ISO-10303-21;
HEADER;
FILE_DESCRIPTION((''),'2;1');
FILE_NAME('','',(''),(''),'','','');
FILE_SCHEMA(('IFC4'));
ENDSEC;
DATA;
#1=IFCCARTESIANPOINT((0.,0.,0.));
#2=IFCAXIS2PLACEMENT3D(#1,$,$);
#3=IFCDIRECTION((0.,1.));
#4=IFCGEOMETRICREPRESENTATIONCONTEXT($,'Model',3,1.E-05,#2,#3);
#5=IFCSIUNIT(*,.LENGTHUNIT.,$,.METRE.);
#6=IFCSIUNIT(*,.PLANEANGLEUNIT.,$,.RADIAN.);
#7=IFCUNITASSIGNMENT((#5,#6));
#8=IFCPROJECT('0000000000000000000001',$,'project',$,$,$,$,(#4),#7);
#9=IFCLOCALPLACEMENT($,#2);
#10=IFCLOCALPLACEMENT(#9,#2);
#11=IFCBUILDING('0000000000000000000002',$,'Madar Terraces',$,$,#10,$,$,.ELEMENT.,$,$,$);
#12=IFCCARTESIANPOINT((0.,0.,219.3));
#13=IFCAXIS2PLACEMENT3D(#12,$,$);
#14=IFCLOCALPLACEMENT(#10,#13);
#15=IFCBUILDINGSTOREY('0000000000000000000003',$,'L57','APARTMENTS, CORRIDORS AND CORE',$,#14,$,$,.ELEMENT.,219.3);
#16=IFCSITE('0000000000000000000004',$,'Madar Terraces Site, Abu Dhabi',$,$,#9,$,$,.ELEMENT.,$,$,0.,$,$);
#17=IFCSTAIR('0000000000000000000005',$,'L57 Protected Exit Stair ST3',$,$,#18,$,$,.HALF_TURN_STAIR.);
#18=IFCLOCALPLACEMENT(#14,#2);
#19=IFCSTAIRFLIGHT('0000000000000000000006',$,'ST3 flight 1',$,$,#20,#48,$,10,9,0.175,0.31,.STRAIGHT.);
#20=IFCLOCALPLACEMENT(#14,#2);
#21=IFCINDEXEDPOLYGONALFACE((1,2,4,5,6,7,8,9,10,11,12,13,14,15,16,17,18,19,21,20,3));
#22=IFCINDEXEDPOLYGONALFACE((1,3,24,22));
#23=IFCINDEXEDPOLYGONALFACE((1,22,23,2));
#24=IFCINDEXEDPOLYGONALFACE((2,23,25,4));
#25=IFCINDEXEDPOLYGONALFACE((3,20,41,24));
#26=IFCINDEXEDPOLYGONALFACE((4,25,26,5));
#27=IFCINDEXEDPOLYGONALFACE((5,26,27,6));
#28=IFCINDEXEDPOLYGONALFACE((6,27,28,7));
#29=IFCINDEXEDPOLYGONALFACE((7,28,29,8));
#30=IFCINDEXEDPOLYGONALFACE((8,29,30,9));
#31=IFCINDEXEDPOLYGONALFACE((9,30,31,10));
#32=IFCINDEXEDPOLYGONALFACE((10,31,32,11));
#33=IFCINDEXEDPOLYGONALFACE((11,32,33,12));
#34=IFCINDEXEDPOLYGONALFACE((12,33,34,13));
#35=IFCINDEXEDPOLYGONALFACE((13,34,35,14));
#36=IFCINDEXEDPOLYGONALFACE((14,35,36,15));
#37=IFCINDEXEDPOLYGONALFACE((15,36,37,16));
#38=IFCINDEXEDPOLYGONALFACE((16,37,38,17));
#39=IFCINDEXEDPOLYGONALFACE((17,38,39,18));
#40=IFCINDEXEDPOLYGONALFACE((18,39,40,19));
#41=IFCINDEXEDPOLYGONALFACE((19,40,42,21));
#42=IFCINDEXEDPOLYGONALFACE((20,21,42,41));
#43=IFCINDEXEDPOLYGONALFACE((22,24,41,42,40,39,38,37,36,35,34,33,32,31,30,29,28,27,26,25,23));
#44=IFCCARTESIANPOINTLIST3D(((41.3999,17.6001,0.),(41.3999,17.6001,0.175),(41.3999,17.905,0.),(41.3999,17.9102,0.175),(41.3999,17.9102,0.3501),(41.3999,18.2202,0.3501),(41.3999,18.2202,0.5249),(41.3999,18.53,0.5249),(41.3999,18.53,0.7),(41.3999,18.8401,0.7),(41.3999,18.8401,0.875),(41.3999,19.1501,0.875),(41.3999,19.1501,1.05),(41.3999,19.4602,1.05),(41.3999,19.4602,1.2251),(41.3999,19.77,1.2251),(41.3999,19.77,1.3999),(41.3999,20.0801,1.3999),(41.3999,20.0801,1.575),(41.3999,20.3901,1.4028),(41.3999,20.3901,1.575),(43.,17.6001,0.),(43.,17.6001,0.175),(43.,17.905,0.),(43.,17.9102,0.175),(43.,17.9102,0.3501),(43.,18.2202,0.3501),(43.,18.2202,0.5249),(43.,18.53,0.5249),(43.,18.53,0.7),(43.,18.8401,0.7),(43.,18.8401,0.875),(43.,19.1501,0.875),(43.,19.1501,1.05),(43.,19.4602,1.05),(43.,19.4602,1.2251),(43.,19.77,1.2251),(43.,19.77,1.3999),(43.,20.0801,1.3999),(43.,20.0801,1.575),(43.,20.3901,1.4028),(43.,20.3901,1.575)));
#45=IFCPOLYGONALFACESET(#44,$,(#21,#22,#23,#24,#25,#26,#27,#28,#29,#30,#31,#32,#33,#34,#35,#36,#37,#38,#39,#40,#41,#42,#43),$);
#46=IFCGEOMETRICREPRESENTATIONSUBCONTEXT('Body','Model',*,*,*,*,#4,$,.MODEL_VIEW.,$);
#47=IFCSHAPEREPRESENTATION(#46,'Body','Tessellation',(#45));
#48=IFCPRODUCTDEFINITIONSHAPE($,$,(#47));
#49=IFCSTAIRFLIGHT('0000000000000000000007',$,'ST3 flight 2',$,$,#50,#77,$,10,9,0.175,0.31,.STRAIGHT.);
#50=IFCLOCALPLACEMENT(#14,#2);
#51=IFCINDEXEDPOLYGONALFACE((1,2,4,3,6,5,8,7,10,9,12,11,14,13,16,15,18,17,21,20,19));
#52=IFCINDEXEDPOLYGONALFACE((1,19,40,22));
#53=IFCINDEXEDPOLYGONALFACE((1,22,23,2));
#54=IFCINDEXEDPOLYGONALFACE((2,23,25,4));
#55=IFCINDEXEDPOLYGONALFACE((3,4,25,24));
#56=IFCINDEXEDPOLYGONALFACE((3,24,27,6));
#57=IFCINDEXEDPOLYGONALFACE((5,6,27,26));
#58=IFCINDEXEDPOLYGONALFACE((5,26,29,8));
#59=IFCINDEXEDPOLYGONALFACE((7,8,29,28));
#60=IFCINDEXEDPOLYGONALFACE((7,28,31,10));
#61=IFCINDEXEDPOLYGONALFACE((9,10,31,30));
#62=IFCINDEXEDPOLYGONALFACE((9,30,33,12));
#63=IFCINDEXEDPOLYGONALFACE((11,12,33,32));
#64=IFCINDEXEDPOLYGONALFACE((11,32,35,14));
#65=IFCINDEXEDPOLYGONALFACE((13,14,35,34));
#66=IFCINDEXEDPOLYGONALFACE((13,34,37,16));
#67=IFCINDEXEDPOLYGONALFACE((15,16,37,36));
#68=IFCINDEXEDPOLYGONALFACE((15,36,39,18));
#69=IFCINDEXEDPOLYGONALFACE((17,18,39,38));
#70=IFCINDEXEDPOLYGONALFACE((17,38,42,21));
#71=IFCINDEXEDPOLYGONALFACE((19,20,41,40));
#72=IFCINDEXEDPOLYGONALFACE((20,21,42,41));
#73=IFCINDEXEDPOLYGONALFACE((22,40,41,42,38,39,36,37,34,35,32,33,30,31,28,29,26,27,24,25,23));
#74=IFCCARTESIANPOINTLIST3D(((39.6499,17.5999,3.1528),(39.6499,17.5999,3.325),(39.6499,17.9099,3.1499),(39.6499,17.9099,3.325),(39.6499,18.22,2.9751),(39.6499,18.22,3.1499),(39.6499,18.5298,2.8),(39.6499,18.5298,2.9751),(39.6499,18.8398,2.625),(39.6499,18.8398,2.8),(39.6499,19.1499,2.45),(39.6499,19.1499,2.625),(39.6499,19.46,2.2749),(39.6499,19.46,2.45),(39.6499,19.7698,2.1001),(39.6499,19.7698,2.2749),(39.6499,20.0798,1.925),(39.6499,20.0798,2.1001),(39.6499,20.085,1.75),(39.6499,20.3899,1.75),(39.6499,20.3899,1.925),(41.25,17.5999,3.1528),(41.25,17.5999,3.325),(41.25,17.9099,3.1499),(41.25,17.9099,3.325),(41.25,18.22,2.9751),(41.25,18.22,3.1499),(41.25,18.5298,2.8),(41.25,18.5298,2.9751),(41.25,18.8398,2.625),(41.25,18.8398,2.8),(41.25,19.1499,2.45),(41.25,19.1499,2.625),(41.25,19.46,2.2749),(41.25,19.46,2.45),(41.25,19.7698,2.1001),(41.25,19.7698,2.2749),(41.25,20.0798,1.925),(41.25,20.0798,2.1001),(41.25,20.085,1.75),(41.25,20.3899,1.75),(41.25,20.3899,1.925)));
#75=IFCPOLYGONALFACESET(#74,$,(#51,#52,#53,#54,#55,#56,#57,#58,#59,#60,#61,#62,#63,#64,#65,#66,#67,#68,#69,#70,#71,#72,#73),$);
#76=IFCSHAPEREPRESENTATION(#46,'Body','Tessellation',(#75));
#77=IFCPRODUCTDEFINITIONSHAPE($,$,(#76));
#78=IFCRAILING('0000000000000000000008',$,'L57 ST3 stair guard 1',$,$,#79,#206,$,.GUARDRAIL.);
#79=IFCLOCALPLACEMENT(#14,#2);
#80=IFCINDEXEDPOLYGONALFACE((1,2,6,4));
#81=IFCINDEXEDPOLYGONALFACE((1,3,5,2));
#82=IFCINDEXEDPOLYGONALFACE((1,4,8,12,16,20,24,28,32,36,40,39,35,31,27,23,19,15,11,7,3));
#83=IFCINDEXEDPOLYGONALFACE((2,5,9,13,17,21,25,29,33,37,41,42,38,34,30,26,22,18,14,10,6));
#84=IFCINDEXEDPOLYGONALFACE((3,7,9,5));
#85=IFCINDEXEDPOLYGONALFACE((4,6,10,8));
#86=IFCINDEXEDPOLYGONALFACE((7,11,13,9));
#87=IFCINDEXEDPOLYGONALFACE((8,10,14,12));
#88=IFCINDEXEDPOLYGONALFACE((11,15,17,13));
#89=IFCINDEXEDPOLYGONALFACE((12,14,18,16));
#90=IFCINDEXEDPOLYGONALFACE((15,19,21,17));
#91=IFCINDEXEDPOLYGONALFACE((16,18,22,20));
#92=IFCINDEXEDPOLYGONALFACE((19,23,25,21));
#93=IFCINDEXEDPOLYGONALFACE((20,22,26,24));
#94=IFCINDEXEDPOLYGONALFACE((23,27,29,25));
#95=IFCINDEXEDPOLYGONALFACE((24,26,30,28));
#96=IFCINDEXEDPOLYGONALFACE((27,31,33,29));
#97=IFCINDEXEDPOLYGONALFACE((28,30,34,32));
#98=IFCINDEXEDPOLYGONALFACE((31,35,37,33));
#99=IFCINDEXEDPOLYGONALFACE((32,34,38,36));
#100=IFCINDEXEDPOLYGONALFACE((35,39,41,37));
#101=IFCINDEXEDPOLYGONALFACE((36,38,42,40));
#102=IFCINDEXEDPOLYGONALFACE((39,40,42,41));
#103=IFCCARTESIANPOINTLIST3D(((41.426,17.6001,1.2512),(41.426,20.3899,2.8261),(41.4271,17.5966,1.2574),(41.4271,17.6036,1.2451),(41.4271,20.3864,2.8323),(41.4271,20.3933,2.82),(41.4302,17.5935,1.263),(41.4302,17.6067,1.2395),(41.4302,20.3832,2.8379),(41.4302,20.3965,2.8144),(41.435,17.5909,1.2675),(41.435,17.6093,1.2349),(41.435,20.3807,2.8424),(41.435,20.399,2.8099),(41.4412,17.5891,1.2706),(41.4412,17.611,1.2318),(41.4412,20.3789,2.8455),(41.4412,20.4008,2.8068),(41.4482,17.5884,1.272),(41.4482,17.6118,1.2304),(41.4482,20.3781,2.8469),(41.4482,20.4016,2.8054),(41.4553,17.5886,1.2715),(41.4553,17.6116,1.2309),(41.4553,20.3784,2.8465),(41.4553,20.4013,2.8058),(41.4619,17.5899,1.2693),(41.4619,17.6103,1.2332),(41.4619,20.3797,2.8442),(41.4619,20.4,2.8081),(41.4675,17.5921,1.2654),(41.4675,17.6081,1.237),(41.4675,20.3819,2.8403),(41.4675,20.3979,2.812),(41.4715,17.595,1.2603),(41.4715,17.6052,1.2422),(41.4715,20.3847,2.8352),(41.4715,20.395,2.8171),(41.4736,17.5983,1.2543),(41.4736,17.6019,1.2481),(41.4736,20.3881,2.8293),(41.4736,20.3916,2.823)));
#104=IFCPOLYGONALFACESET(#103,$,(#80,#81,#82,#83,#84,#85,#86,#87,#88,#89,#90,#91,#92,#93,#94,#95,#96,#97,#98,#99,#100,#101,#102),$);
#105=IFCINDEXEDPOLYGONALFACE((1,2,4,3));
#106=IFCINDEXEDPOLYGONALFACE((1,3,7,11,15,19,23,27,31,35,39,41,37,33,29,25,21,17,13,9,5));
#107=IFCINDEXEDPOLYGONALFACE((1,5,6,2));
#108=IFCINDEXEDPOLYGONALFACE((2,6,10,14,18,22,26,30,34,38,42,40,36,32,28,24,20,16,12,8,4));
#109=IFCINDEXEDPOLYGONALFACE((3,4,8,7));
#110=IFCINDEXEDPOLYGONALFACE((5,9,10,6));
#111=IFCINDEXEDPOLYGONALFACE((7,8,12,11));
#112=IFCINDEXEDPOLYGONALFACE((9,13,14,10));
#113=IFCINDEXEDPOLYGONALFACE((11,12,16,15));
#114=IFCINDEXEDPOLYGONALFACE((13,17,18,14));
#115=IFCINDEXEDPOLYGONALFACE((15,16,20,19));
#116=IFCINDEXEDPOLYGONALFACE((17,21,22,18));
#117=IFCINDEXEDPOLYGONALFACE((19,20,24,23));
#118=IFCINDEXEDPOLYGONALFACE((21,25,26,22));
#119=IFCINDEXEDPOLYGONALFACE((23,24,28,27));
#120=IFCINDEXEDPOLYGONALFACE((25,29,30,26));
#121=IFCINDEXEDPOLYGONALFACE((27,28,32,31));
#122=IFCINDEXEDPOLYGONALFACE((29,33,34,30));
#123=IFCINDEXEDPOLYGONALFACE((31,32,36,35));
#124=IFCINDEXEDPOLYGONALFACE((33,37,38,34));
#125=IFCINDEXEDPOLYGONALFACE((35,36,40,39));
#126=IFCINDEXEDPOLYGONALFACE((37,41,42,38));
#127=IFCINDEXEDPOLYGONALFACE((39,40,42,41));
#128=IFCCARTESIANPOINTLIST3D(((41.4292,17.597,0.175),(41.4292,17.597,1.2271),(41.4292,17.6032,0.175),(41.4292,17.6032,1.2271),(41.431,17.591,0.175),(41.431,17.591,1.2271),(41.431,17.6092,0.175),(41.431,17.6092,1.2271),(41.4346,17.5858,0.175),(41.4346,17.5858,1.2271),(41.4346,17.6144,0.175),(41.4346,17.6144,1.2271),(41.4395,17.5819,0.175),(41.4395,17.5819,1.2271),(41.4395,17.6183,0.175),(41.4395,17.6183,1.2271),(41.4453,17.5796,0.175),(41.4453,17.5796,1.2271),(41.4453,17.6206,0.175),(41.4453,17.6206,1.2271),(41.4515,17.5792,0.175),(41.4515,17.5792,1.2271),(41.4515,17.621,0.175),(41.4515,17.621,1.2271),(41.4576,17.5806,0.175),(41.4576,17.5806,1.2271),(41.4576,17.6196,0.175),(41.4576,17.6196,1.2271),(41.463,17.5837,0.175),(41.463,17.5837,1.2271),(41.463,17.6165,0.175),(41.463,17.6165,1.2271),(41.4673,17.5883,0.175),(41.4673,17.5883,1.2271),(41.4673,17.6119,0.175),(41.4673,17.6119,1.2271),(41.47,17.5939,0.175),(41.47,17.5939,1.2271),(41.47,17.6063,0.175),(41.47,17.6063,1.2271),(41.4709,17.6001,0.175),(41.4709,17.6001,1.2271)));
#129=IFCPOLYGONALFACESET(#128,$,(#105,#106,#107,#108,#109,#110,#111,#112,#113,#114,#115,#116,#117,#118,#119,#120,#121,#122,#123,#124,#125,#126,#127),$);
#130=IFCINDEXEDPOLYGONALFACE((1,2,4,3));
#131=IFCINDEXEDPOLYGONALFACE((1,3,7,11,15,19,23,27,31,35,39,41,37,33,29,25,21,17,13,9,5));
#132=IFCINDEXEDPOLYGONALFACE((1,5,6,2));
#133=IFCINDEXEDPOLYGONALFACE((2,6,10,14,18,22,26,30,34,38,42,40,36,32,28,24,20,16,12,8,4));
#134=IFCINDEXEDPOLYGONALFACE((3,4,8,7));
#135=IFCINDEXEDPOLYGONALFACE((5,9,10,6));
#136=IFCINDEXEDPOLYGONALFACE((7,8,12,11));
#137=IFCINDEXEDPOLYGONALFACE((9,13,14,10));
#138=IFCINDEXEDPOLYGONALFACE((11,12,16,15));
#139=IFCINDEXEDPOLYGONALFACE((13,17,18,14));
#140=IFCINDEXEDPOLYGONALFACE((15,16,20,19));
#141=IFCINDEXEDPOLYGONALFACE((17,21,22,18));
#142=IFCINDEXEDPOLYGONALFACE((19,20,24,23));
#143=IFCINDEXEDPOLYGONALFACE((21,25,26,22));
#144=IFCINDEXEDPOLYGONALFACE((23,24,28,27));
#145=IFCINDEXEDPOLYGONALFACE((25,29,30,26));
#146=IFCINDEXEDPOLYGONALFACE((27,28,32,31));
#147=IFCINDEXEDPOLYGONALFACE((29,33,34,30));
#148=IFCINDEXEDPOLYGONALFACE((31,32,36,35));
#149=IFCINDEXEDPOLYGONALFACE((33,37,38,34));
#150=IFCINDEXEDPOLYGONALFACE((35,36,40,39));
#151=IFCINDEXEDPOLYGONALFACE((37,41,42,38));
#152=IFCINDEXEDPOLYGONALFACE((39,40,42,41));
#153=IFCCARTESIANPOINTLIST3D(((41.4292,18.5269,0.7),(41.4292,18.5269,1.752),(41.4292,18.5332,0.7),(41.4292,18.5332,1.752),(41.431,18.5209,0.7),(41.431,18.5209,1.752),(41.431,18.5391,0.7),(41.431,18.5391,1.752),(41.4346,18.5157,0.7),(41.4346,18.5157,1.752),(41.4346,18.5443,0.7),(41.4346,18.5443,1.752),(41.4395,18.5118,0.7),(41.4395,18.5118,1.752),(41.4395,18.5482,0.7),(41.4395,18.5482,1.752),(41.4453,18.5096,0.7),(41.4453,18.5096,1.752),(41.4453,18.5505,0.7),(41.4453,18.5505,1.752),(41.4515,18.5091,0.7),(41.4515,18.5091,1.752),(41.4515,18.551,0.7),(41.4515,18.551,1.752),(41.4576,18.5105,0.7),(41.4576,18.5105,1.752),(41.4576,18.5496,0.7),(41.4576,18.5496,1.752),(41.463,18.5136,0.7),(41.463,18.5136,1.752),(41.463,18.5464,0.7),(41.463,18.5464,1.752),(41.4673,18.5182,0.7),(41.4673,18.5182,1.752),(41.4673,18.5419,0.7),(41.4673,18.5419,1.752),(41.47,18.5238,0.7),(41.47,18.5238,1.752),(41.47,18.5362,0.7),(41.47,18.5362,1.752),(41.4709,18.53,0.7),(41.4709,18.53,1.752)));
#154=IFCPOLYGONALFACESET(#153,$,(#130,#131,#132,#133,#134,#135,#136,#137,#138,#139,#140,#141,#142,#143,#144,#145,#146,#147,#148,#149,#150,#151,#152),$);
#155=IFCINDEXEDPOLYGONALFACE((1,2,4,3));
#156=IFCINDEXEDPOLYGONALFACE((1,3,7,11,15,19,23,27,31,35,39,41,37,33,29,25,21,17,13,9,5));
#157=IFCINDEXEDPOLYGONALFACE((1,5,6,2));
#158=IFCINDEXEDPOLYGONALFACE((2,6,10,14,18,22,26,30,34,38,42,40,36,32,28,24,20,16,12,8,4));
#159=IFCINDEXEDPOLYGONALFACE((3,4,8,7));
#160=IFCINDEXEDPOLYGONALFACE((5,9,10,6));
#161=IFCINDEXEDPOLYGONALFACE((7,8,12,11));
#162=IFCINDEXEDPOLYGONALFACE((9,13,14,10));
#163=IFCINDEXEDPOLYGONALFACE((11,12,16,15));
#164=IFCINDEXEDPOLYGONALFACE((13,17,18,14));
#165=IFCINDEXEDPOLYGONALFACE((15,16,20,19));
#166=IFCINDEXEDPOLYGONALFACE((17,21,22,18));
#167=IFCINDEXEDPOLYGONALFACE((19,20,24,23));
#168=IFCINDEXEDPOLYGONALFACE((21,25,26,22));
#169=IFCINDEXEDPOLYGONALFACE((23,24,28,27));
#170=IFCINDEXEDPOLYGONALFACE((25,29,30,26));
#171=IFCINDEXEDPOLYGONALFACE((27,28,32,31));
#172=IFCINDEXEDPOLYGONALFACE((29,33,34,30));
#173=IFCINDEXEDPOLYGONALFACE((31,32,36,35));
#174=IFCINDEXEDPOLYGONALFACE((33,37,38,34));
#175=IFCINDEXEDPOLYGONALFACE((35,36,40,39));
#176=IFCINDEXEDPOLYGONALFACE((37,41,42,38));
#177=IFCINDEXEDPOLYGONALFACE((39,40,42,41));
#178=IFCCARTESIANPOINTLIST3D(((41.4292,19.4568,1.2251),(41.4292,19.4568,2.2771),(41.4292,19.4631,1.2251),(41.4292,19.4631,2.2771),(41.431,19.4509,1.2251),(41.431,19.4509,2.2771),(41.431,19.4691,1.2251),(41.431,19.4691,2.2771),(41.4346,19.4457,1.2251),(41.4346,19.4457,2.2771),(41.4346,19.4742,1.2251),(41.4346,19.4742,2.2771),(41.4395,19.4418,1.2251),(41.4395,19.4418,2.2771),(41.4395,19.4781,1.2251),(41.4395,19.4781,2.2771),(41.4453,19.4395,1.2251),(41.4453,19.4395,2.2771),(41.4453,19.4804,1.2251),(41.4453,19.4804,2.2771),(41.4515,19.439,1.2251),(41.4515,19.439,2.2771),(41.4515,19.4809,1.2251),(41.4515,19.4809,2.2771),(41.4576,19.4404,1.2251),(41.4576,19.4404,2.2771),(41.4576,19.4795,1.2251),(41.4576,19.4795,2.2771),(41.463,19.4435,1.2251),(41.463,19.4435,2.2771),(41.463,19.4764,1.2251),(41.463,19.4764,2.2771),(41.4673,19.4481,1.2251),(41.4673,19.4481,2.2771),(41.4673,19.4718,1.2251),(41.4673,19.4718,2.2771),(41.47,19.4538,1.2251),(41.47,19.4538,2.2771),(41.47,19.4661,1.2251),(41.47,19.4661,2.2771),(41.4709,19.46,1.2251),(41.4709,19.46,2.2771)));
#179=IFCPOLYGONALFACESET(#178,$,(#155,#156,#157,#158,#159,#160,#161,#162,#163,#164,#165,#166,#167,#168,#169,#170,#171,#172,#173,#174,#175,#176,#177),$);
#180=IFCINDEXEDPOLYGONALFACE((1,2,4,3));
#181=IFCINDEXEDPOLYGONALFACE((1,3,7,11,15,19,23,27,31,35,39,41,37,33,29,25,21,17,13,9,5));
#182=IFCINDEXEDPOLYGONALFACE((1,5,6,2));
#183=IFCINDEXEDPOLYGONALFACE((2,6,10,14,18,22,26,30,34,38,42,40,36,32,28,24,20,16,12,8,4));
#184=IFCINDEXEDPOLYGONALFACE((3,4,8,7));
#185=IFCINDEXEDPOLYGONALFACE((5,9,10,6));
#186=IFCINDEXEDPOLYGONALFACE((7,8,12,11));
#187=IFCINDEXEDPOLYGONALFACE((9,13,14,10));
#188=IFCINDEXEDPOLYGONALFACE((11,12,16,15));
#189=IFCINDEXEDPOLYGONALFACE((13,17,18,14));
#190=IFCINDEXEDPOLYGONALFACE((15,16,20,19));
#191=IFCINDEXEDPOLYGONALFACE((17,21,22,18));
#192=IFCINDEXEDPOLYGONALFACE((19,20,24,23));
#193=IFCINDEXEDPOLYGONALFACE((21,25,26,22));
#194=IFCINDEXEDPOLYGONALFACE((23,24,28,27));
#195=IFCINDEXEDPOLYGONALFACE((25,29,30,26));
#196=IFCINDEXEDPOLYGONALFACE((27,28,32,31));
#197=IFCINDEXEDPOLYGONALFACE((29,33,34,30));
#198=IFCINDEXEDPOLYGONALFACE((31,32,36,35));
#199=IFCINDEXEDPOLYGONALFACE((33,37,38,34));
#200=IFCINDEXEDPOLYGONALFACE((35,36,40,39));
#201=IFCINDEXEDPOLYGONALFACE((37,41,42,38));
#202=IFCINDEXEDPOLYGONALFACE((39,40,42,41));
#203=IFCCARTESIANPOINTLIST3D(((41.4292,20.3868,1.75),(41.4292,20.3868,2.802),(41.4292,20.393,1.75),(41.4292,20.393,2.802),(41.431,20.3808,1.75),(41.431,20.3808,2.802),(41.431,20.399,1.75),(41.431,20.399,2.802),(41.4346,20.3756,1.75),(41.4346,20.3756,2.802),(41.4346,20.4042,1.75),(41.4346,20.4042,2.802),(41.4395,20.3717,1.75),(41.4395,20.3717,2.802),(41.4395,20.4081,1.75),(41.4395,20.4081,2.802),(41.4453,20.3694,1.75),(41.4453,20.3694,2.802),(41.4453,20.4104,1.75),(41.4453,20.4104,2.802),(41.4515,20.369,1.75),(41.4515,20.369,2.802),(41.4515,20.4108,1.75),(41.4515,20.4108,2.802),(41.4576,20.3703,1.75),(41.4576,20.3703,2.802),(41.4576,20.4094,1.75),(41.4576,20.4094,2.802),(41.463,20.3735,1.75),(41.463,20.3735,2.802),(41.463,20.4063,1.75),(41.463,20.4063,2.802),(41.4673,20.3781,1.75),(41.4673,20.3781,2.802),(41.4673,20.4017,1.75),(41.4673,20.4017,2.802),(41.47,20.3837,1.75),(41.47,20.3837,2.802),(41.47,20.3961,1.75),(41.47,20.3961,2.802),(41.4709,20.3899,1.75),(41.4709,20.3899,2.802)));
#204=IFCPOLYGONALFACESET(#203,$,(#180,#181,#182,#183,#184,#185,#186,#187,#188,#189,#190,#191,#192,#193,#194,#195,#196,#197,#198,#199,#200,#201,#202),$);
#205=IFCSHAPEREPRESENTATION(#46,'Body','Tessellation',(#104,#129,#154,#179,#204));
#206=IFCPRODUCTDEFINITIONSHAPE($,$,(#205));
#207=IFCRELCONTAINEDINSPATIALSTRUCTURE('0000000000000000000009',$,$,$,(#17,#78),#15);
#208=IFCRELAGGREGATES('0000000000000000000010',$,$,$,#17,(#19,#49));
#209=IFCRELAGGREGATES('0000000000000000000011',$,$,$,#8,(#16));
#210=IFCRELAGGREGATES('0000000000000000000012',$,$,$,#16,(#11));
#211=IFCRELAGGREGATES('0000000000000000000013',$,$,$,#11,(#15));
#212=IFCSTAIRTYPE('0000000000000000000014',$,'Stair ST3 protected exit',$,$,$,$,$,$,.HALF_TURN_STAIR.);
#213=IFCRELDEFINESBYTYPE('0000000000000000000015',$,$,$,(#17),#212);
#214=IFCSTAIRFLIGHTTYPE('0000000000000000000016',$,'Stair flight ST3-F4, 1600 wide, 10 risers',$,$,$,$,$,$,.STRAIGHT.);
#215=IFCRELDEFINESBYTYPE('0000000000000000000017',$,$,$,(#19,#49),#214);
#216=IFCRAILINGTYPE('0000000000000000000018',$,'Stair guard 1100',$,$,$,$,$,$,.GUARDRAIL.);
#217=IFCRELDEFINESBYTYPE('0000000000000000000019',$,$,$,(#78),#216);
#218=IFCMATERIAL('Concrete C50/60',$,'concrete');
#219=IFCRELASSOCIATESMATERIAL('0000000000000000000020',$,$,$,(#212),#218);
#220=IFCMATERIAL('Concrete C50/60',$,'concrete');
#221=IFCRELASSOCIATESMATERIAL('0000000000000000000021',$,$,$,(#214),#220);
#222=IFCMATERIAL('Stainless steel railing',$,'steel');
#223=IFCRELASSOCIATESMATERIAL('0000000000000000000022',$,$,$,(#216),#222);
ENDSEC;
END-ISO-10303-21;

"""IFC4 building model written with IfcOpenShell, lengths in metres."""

from ifc_helpers import new_model, si_unit, direction, frame, origin, origin_2d, place, context, subcontext, project, spatial, polyline, circle, outline, extrude, material, type_object, element, aggregate, save


model = new_model("IFC4")

# Units and contexts
model_context = context("Model", 3, precision=1e-05, world=origin(), true_north=direction((0.0, 1.0)))
body_context = subcontext(model_context, "Body", "Model", "MODEL_VIEW")
ifc_project = project(units=[si_unit("LENGTHUNIT", "METRE"), si_unit("PLANEANGLEUNIT", "RADIAN")], contexts=[model_context])

# Site, building, storey
site_placement = place(None, origin())
site = spatial("IfcSite", under=ifc_project, at=site_placement, Name="Madar Terraces Site, Abu Dhabi", CompositionType="ELEMENT", RefElevation=0.0)
building_placement = place(site_placement, origin())
building = spatial("IfcBuilding", under=site, at=building_placement, Name="Madar Terraces", CompositionType="ELEMENT")
storey_placement = place(building_placement, frame((0.0, 0.0, 219.3)))
storey = spatial("IfcBuildingStorey", under=building, at=storey_placement, Name="L57", Description="APARTMENTS, CORRIDORS AND CORE", CompositionType="ELEMENT", Elevation=219.3)

# Stair, stair flights
ifc_material_1 = material(Name="Concrete C50/60", Category="concrete")
stair_type = type_object("IfcStairType", Name="Stair ST3 protected exit", PredefinedType="HALF_TURN_STAIR", material=ifc_material_1)
stair_placement = place(storey_placement, origin())
stair = element("IfcStair", 1, at=stair_placement, inside=storey, type_object=stair_type, Name="L57 Protected Exit Stair ST3", PredefinedType="HALF_TURN_STAIR")
ifc_material_2 = material(Name="Concrete C50/60", Category="concrete")
stair_flight_type = type_object("IfcStairFlightType", Name="Stair flight ST3-F4, 1600 wide, 10 risers", PredefinedType="STRAIGHT", material=ifc_material_2)
stair_flight_1_placement = place(storey_placement, frame((42.2, 17.6001, 0.0), z_axis=(0.0, 0.0, 1.0), x_axis=(0.0, 1.0, 0.0)))
stair_flight_1 = element("IfcStairFlight", 2, at=stair_flight_1_placement, type_object=stair_flight_type, Name="ST3 flight 1", NumberOfRisers=10, NumberOfTreads=9, PredefinedType="STRAIGHT", RiserHeight=0.175, TreadLength=0.31, context=body_context, shape_type="SweptSolid", body=[
    extrude(outline(polyline([(0.0, 0.0), (0.0, 0.175), (0.3101, 0.175), (0.3101, 0.3501), (0.6201, 0.3501), (0.6201, 0.5249), (0.9299, 0.5249), (0.9299, 0.7), (1.24, 0.7), (1.24, 0.875), (1.55, 0.875), (1.55, 1.05), (1.8601, 1.05), (1.8601, 1.2251), (2.1699, 1.2251), (2.1699, 1.3999), (2.48, 1.3999), (2.48, 1.575), (2.79, 1.575), (2.79, 1.75), (2.79, 1.4028), (0.3049, 0.0), (0.0, 0.0)])), frame((0.0, 0.8, 0.0), z_axis=(0.0, -1.0, 0.0), x_axis=(1.0, 0.0, 0.0)), (0.0, 0.0, 1.0), 1.6001),
])
stair_flight_2_placement = place(storey_placement, frame((40.45, 20.3899, 1.75), z_axis=(0.0, 0.0, 1.0), x_axis=(0.0, -1.0, 0.0)))
stair_flight_2 = element("IfcStairFlight", 3, at=stair_flight_2_placement, type_object=stair_flight_type, Name="ST3 flight 2", NumberOfRisers=10, NumberOfTreads=9, PredefinedType="STRAIGHT", RiserHeight=0.175, TreadLength=0.31, context=body_context, shape_type="SweptSolid", body=[
    extrude(outline(polyline([(0.0, 0.0), (0.0, 0.175), (0.3101, 0.175), (0.3101, 0.3501), (0.6201, 0.3501), (0.6201, 0.5249), (0.9299, 0.5249), (0.9299, 0.7), (1.24, 0.7), (1.24, 0.875), (1.55, 0.875), (1.55, 1.05), (1.8601, 1.05), (1.8601, 1.2251), (2.1699, 1.2251), (2.1699, 1.3999), (2.48, 1.3999), (2.48, 1.575), (2.79, 1.575), (2.79, 1.75), (2.79, 1.4028), (0.3049, 0.0), (0.0, 0.0)])), frame((0.0, 0.8, 0.0), z_axis=(0.0, -1.0, 0.0), x_axis=(1.0, 0.0, 0.0)), (0.0, 0.0, 1.0), 1.6001),
])
aggregate(stair, [stair_flight_1, stair_flight_2])

# Railing
ifc_material_3 = material(Name="Stainless steel railing", Category="steel")
railing_type_1 = type_object("IfcRailingType", Name="Stair guard 1100", PredefinedType="GUARDRAIL", material=ifc_material_3)
railing_1_placement = place(storey_placement, frame((41.45, 17.6001, 0.175)))
element("IfcRailing", 4, at=railing_1_placement, inside=storey, type_object=railing_type_1, Name="L57 ST3 stair guard 1", PredefinedType="GUARDRAIL", context=body_context, shape_type="SweptSolid", body=[
    extrude(circle(Radius=0.0239, at=origin_2d()), frame((0.0, 0.0, 1.0762), z_axis=(0.0, 0.870815, 0.49161), x_axis=(-1.0, 0.0, 0.0)), (0.0, 0.0, 1.0), 3.2036),
    extrude(circle(Radius=0.021, at=origin_2d()), origin(), (0.0, 0.0, 1.0), 1.052),
    extrude(circle(Radius=0.021, at=origin_2d()), frame((0.0, 0.9299, 0.5249)), (0.0, 0.0, 1.0), 1.052),
    extrude(circle(Radius=0.021, at=origin_2d()), frame((0.0, 1.8599, 1.05)), (0.0, 0.0, 1.0), 1.052),
    extrude(circle(Radius=0.021, at=origin_2d()), frame((0.0, 2.7898, 1.575)), (0.0, 0.0, 1.0), 1.052),
])

save(model, "model.ifc")
